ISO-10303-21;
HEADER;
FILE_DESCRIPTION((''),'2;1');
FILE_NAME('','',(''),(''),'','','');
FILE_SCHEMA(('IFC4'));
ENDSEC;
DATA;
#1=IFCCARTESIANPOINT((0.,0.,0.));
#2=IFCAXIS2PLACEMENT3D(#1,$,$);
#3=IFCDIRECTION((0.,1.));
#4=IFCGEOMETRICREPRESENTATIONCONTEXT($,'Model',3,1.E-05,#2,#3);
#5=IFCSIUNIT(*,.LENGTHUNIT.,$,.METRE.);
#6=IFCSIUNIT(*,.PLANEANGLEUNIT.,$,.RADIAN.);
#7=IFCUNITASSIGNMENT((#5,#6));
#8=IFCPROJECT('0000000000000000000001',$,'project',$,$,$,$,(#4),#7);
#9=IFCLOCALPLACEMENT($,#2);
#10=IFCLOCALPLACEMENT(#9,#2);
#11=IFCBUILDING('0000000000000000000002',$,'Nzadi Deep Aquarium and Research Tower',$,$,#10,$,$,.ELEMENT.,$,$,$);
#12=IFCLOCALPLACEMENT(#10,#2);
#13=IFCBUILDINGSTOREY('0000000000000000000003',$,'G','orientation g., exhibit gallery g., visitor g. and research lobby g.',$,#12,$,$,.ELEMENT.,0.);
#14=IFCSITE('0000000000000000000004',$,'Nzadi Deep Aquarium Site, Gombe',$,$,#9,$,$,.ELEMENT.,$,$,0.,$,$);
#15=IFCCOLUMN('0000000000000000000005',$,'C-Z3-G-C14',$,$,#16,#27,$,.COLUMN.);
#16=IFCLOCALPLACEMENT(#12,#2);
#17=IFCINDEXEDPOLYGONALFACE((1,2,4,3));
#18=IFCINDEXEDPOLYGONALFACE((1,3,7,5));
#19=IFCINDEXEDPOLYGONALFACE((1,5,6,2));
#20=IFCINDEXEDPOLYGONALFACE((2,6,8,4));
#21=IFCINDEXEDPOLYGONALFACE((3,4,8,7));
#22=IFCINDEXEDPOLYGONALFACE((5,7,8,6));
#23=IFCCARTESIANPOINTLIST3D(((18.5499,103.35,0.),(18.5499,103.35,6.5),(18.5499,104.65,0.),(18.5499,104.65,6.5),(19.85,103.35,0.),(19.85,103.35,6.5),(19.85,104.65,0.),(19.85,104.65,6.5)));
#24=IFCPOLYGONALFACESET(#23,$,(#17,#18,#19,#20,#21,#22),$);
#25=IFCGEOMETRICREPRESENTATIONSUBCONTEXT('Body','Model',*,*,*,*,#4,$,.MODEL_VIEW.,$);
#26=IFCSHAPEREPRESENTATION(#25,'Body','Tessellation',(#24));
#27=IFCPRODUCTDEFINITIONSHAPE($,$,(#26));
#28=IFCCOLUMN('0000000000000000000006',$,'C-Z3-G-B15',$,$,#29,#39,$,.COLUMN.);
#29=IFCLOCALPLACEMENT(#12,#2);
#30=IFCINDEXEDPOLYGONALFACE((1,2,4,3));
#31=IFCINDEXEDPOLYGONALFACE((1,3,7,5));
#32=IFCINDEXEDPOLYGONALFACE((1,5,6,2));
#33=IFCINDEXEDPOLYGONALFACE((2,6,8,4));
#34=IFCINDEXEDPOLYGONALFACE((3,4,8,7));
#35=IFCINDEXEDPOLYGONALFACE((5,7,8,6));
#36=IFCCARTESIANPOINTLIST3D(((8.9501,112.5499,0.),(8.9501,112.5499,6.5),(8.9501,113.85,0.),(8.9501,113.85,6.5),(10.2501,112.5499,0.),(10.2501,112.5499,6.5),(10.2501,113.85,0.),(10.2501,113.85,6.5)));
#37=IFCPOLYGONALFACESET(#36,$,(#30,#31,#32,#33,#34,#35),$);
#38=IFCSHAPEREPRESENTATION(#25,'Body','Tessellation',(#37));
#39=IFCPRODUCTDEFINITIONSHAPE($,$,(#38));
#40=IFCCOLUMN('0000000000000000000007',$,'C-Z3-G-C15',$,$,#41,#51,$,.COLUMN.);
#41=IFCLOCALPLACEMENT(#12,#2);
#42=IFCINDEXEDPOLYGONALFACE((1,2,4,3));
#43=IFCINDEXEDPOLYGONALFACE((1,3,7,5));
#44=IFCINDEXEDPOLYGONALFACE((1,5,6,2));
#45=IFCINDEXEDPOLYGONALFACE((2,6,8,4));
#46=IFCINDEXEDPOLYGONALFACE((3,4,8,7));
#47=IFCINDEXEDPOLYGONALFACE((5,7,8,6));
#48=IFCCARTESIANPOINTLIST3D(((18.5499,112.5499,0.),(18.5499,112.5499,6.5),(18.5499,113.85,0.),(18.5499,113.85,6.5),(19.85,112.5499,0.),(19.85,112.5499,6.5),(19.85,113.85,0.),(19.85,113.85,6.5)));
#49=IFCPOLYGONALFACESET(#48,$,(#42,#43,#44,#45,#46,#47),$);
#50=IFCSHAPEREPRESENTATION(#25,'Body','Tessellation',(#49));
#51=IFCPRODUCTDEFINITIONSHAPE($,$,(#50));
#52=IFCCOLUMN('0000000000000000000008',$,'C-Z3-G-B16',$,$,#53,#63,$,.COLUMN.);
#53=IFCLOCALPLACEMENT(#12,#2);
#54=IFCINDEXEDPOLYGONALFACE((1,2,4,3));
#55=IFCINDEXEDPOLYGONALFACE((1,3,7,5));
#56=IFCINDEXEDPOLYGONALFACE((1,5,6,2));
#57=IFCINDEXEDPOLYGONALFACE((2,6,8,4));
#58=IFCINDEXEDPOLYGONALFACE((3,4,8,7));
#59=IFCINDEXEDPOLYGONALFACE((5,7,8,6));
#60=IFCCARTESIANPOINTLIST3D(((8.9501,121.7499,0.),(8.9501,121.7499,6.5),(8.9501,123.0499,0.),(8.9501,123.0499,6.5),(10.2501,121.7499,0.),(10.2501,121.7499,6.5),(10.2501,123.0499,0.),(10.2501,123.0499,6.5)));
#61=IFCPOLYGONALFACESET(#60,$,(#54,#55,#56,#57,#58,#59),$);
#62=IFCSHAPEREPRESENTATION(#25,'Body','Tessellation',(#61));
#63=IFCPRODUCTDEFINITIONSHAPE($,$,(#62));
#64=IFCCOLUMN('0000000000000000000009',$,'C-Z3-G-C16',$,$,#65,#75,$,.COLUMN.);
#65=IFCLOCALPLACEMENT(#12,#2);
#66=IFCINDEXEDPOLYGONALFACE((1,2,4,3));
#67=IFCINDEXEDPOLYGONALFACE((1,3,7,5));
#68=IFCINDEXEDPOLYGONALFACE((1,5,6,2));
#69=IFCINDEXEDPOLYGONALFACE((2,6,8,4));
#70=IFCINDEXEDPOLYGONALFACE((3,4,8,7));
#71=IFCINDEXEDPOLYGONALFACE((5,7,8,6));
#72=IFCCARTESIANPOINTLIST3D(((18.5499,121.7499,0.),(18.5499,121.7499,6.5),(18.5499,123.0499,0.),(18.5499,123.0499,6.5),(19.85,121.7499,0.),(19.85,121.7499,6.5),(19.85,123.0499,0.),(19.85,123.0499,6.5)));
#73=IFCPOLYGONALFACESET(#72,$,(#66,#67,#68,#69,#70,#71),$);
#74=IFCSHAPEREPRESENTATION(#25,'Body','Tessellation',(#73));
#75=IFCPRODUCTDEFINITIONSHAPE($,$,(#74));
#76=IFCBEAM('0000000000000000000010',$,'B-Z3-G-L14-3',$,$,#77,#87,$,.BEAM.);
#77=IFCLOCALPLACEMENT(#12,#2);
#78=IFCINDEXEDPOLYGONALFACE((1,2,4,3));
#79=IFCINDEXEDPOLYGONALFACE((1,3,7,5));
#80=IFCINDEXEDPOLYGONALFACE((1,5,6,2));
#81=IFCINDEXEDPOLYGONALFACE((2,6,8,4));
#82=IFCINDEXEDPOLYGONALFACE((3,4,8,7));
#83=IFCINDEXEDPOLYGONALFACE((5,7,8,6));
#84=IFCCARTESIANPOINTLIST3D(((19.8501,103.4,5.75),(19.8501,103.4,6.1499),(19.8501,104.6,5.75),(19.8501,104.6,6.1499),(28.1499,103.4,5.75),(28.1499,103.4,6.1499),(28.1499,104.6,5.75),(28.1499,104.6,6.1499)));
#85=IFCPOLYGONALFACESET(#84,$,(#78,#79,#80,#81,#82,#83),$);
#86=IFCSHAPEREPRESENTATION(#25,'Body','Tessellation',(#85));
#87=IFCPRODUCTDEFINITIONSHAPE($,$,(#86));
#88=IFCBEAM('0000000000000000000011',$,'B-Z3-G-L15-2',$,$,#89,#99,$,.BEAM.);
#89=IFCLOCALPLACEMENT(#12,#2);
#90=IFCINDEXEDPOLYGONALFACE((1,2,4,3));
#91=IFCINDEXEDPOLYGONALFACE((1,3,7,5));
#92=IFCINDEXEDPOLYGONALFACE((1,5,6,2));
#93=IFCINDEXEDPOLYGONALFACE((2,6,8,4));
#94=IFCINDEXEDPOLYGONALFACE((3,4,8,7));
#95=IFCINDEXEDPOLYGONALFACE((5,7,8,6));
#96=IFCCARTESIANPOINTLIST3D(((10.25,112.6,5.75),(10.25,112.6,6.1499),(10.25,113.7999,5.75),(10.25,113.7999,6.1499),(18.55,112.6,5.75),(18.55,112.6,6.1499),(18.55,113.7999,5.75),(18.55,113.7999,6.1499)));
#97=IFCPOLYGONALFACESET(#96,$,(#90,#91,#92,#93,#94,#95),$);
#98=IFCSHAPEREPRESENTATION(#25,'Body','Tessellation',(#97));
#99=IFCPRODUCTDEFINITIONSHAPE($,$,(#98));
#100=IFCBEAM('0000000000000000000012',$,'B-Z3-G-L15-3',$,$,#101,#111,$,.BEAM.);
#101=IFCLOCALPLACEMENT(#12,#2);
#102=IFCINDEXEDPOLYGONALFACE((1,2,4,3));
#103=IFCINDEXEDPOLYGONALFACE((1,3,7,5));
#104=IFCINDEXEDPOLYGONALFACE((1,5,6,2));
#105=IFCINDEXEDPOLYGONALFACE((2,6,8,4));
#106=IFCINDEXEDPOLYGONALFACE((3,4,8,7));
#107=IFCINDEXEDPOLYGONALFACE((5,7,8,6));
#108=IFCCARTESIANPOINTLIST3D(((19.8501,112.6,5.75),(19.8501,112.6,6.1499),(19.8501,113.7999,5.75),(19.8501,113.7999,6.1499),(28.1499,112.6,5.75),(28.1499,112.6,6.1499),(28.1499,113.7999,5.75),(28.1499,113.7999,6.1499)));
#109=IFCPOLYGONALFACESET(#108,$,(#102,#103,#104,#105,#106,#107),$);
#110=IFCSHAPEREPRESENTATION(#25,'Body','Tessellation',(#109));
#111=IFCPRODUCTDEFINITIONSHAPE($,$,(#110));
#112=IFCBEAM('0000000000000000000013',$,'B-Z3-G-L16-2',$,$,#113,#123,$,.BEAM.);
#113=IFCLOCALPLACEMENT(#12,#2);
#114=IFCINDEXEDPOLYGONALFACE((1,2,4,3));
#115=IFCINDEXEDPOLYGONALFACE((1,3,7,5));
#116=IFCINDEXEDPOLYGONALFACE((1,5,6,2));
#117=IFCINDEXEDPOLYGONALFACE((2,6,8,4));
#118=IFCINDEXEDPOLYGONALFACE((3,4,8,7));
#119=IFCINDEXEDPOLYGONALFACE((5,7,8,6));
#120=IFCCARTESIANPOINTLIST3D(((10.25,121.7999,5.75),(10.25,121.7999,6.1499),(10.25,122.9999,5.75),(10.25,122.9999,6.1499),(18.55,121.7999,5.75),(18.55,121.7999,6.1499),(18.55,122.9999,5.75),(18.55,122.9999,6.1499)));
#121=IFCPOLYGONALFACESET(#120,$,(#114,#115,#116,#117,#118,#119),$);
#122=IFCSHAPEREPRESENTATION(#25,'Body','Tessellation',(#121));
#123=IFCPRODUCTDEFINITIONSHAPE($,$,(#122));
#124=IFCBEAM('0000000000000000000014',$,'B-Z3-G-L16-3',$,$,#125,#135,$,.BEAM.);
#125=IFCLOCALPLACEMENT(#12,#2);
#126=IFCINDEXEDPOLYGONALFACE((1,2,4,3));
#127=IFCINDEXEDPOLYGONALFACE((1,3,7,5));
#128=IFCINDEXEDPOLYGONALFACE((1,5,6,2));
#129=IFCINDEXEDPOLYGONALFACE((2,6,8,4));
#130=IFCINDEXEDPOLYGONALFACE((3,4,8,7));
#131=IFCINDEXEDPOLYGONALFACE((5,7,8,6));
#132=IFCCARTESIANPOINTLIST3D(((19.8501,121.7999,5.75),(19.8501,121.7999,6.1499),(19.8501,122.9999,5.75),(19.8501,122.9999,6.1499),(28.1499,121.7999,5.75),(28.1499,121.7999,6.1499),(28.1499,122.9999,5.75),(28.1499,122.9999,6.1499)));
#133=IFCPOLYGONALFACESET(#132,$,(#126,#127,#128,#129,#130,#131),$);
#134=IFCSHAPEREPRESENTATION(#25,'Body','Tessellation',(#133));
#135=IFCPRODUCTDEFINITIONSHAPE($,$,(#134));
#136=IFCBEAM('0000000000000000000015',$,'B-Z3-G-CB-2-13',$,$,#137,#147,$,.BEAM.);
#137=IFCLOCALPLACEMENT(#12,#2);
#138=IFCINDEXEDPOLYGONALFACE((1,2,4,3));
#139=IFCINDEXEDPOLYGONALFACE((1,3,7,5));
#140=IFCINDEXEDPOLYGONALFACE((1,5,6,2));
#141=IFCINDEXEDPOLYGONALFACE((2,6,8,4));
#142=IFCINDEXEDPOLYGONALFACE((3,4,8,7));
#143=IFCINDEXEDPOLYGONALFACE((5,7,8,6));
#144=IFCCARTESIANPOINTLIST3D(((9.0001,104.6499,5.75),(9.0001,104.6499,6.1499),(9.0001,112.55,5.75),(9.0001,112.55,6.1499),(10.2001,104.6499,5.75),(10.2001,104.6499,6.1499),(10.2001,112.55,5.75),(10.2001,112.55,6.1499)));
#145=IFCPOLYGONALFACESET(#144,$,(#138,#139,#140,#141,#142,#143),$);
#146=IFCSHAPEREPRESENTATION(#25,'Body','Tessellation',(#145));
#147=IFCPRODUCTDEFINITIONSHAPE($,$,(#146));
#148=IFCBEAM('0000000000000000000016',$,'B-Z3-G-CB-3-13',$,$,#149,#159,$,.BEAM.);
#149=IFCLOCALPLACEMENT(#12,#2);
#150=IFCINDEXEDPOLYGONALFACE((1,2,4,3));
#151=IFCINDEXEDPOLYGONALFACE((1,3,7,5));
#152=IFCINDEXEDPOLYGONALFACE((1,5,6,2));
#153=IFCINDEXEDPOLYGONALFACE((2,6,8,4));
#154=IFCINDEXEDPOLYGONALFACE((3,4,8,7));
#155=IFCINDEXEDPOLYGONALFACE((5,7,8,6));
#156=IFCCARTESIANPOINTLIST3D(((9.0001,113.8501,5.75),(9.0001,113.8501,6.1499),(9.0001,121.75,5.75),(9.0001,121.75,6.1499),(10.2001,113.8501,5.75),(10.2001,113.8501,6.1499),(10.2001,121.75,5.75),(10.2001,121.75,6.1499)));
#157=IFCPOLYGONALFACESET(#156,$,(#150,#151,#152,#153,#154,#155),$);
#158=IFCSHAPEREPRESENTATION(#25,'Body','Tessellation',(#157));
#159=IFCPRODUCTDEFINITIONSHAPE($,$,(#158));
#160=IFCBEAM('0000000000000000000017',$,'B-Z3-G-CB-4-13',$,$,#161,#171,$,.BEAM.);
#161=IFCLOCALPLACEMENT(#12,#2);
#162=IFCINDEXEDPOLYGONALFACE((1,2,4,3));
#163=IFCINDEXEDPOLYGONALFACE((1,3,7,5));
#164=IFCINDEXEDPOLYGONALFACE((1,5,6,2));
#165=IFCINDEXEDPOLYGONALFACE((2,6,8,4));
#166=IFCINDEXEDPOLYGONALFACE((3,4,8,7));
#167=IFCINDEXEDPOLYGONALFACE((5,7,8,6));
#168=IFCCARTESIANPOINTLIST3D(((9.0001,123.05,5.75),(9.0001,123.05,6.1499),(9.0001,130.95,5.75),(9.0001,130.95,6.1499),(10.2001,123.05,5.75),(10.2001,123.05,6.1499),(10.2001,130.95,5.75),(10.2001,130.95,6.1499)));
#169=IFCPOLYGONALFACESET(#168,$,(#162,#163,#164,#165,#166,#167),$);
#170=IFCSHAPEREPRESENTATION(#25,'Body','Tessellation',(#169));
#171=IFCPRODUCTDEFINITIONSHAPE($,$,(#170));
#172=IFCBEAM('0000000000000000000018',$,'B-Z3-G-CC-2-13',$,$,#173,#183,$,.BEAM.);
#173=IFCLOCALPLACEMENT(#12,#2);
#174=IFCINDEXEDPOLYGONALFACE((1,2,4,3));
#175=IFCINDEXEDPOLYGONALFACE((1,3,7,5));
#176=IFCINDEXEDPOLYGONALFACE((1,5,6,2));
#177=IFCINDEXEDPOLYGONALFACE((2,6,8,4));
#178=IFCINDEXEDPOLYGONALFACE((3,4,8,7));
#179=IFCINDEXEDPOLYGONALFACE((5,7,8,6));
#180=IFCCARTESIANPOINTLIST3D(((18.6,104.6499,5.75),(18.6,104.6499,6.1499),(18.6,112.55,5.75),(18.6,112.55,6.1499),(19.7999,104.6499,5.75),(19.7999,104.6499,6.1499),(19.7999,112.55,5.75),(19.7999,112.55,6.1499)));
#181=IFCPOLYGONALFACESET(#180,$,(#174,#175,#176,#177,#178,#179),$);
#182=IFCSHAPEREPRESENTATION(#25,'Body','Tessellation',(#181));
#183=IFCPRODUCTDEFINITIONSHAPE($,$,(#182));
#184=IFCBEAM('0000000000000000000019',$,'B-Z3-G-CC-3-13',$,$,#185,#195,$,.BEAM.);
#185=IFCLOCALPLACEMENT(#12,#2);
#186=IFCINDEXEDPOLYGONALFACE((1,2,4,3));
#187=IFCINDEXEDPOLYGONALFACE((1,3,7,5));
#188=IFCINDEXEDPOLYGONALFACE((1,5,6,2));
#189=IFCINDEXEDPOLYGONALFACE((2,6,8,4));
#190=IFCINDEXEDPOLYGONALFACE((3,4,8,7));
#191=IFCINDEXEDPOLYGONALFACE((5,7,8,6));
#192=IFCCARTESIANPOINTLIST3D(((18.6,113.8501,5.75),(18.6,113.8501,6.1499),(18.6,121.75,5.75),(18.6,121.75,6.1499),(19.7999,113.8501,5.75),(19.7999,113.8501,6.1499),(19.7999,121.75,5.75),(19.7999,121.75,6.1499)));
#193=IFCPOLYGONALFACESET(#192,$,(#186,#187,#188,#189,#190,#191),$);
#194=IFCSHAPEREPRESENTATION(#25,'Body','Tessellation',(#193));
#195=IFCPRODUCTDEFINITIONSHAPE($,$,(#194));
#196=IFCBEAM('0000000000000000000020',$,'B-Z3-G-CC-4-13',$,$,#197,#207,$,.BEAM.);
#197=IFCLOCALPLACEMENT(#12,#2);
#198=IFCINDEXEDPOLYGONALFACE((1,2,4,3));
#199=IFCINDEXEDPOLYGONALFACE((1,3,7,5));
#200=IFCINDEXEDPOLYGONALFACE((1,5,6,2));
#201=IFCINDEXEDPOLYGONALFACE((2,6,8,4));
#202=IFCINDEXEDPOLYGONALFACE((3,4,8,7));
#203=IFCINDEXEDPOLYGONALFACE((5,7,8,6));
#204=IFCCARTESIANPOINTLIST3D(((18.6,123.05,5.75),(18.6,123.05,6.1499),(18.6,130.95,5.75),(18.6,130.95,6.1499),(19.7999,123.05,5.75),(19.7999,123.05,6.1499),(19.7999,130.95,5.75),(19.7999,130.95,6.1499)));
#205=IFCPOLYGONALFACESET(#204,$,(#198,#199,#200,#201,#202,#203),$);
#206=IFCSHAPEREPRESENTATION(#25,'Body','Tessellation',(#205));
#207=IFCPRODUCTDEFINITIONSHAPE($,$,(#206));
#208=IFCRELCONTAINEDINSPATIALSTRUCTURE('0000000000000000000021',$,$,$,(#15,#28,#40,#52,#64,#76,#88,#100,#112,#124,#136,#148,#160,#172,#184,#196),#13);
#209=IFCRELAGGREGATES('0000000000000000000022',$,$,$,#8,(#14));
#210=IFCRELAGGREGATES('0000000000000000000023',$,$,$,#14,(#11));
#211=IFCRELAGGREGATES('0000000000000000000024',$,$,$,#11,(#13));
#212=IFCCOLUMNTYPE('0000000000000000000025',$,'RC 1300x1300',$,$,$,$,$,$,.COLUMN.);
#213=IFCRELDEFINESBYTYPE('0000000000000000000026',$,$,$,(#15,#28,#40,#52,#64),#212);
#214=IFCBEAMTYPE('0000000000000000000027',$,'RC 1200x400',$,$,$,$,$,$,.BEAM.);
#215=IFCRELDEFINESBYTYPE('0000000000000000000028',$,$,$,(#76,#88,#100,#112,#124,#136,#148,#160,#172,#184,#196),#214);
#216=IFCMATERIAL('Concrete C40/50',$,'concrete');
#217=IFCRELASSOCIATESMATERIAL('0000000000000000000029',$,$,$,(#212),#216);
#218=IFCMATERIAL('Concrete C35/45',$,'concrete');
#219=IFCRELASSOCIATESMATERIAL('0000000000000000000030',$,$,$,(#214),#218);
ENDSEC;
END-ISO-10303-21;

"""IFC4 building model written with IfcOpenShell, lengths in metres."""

from ifc_helpers import new_model, si_unit, direction, frame, origin, origin_2d, place, context, subcontext, project, spatial, rectangle, extrude, material, material_profile, profile_set, type_object, element, save


model = new_model("IFC4")

# Units and contexts
model_context = context("Model", 3, precision=1e-05, world=origin(), true_north=direction((0.0, 1.0)))
body_context = subcontext(model_context, "Body", "Model", "MODEL_VIEW")
ifc_project = project(units=[si_unit("LENGTHUNIT", "METRE"), si_unit("PLANEANGLEUNIT", "RADIAN")], contexts=[model_context])

# Site, building, storey
site_placement = place(None, origin())
site = spatial("IfcSite", under=ifc_project, at=site_placement, Name="Nzadi Deep Aquarium Site, Gombe", CompositionType="ELEMENT", RefElevation=0.0)
building_placement = place(site_placement, origin())
building = spatial("IfcBuilding", under=site, at=building_placement, Name="Nzadi Deep Aquarium and Research Tower", CompositionType="ELEMENT")
storey_placement = place(building_placement, origin())
storey = spatial("IfcBuildingStorey", under=building, at=storey_placement, Name="G", Description="orientation g., exhibit gallery g., visitor g. and research lobby g.", CompositionType="ELEMENT", Elevation=0.0)

# Columns
ifc_material_1 = material(Name="Concrete C40/50", Category="concrete")
ifc_material_profile_1 = material_profile(ifc_material_1, rectangle(XDim=1.3, YDim=1.3, at=origin_2d()))
ifc_profile_set_1 = profile_set([ifc_material_profile_1], Name="Concrete C40/50")
column_type = type_object("IfcColumnType", Name="RC 1300x1300", PredefinedType="COLUMN", material=ifc_profile_set_1)
for number, where, z_axis, x_axis, name in (
    (1, (19.2, 104.0, 0.0), (0.0, 0.0, 1.0), (1.0, 0.0, 0.0), "C-Z3-G-C14"),
    (2, (9.6001, 113.2, 0.0), (0.0, 0.0, 1.0), (1.0, 0.0, 0.0), "C-Z3-G-B15"),
    (3, (19.2, 113.2, 0.0), (0.0, 0.0, 1.0), (1.0, 0.0, 0.0), "C-Z3-G-C15"),
    (4, (9.6001, 122.3999, 0.0), (0.0, 0.0, 1.0), (1.0, 0.0, 0.0), "C-Z3-G-B16"),
    (5, (19.2, 122.3999, 0.0), (0.0, 0.0, 1.0), (1.0, 0.0, 0.0), "C-Z3-G-C16"),
):
    element("IfcColumn", number, at=place(storey_placement, frame(where, z_axis=z_axis, x_axis=x_axis)), inside=storey, type_object=column_type, Name=name, PredefinedType="COLUMN", context=body_context, shape_type="SweptSolid", body=[
        extrude(rectangle(XDim=1.3, YDim=1.3, at=origin_2d()), origin(), (0.0, 0.0, 1.0), 6.5),
    ])

# Beams
ifc_material_2 = material(Name="Concrete C35/45", Category="concrete")
ifc_material_profile_2 = material_profile(ifc_material_2, rectangle(XDim=1.2, YDim=0.3999, at=origin_2d()))
ifc_profile_set_2 = profile_set([ifc_material_profile_2], Name="Concrete C35/45")
beam_type = type_object("IfcBeamType", Name="RC 1200x400", PredefinedType="BEAM", material=ifc_profile_set_2)
beam_1_placement = place(storey_placement, frame((19.8501, 104.0, 5.95), z_axis=(1.0, 0.0, 0.0), x_axis=(0.0, 1.0, 0.0)))
element("IfcBeam", 6, at=beam_1_placement, inside=storey, type_object=beam_type, Name="B-Z3-G-L14-3", PredefinedType="BEAM", context=body_context, shape_type="SweptSolid", body=[
    extrude(rectangle(XDim=1.2, YDim=0.3999, at=origin_2d()), origin(), (0.0, 0.0, 1.0), 8.2998),
])
beam_2_placement = place(storey_placement, frame((10.25, 113.2, 5.95), z_axis=(1.0, 0.0, 0.0), x_axis=(0.0, 1.0, 0.0)))
element("IfcBeam", 7, at=beam_2_placement, inside=storey, type_object=beam_type, Name="B-Z3-G-L15-2", PredefinedType="BEAM", context=body_context, shape_type="SweptSolid", body=[
    extrude(rectangle(XDim=1.2, YDim=0.3999, at=origin_2d()), origin(), (0.0, 0.0, 1.0), 8.3),
])
beam_3_placement = place(storey_placement, frame((19.8501, 113.2, 5.95), z_axis=(1.0, 0.0, 0.0), x_axis=(0.0, 1.0, 0.0)))
element("IfcBeam", 8, at=beam_3_placement, inside=storey, type_object=beam_type, Name="B-Z3-G-L15-3", PredefinedType="BEAM", context=body_context, shape_type="SweptSolid", body=[
    extrude(rectangle(XDim=1.2, YDim=0.3999, at=origin_2d()), origin(), (0.0, 0.0, 1.0), 8.2998),
])
beam_4_placement = place(storey_placement, frame((10.25, 122.3999, 5.95), z_axis=(1.0, 0.0, 0.0), x_axis=(0.0, 1.0, 0.0)))
element("IfcBeam", 9, at=beam_4_placement, inside=storey, type_object=beam_type, Name="B-Z3-G-L16-2", PredefinedType="BEAM", context=body_context, shape_type="SweptSolid", body=[
    extrude(rectangle(XDim=1.2, YDim=0.3999, at=origin_2d()), origin(), (0.0, 0.0, 1.0), 8.3),
])
beam_5_placement = place(storey_placement, frame((19.8501, 122.3999, 5.95), z_axis=(1.0, 0.0, 0.0), x_axis=(0.0, 1.0, 0.0)))
element("IfcBeam", 10, at=beam_5_placement, inside=storey, type_object=beam_type, Name="B-Z3-G-L16-3", PredefinedType="BEAM", context=body_context, shape_type="SweptSolid", body=[
    extrude(rectangle(XDim=1.2, YDim=0.3999, at=origin_2d()), origin(), (0.0, 0.0, 1.0), 8.2998),
])
beam_6_placement = place(storey_placement, frame((9.6001, 104.6499, 5.95), z_axis=(0.0, 1.0, 0.0), x_axis=(-1.0, 0.0, 0.0)))
element("IfcBeam", 11, at=beam_6_placement, inside=storey, type_object=beam_type, Name="B-Z3-G-CB-2-13", PredefinedType="BEAM", context=body_context, shape_type="SweptSolid", body=[
    extrude(rectangle(XDim=1.2, YDim=0.3999, at=origin_2d()), origin(), (0.0, 0.0, 1.0), 7.9001),
])
for number, where, z_axis, x_axis, name in (
    (12, (9.6001, 113.8501, 5.95), (0.0, 1.0, 0.0), (-1.0, 0.0, 0.0), "B-Z3-G-CB-3-13"),
    (13, (9.6001, 123.05, 5.95), (0.0, 1.0, 0.0), (-1.0, 0.0, 0.0), "B-Z3-G-CB-4-13"),
):
    element("IfcBeam", number, at=place(storey_placement, frame(where, z_axis=z_axis, x_axis=x_axis)), inside=storey, type_object=beam_type, Name=name, PredefinedType="BEAM", context=body_context, shape_type="SweptSolid", body=[
        extrude(rectangle(XDim=1.2, YDim=0.3999, at=origin_2d()), origin(), (0.0, 0.0, 1.0), 7.8999),
    ])
beam_7_placement = place(storey_placement, frame((19.2, 104.6499, 5.95), z_axis=(0.0, 1.0, 0.0), x_axis=(-1.0, 0.0, 0.0)))
element("IfcBeam", 14, at=beam_7_placement, inside=storey, type_object=beam_type, Name="B-Z3-G-CC-2-13", PredefinedType="BEAM", context=body_context, shape_type="SweptSolid", body=[
    extrude(rectangle(XDim=1.2, YDim=0.3999, at=origin_2d()), origin(), (0.0, 0.0, 1.0), 7.9001),
])
for number, where, z_axis, x_axis, name in (
    (15, (19.2, 113.8501, 5.95), (0.0, 1.0, 0.0), (-1.0, 0.0, 0.0), "B-Z3-G-CC-3-13"),
    (16, (19.2, 123.05, 5.95), (0.0, 1.0, 0.0), (-1.0, 0.0, 0.0), "B-Z3-G-CC-4-13"),
):
    element("IfcBeam", number, at=place(storey_placement, frame(where, z_axis=z_axis, x_axis=x_axis)), inside=storey, type_object=beam_type, Name=name, PredefinedType="BEAM", context=body_context, shape_type="SweptSolid", body=[
        extrude(rectangle(XDim=1.2, YDim=0.3999, at=origin_2d()), origin(), (0.0, 0.0, 1.0), 7.8999),
    ])

save(model, "model.ifc")
